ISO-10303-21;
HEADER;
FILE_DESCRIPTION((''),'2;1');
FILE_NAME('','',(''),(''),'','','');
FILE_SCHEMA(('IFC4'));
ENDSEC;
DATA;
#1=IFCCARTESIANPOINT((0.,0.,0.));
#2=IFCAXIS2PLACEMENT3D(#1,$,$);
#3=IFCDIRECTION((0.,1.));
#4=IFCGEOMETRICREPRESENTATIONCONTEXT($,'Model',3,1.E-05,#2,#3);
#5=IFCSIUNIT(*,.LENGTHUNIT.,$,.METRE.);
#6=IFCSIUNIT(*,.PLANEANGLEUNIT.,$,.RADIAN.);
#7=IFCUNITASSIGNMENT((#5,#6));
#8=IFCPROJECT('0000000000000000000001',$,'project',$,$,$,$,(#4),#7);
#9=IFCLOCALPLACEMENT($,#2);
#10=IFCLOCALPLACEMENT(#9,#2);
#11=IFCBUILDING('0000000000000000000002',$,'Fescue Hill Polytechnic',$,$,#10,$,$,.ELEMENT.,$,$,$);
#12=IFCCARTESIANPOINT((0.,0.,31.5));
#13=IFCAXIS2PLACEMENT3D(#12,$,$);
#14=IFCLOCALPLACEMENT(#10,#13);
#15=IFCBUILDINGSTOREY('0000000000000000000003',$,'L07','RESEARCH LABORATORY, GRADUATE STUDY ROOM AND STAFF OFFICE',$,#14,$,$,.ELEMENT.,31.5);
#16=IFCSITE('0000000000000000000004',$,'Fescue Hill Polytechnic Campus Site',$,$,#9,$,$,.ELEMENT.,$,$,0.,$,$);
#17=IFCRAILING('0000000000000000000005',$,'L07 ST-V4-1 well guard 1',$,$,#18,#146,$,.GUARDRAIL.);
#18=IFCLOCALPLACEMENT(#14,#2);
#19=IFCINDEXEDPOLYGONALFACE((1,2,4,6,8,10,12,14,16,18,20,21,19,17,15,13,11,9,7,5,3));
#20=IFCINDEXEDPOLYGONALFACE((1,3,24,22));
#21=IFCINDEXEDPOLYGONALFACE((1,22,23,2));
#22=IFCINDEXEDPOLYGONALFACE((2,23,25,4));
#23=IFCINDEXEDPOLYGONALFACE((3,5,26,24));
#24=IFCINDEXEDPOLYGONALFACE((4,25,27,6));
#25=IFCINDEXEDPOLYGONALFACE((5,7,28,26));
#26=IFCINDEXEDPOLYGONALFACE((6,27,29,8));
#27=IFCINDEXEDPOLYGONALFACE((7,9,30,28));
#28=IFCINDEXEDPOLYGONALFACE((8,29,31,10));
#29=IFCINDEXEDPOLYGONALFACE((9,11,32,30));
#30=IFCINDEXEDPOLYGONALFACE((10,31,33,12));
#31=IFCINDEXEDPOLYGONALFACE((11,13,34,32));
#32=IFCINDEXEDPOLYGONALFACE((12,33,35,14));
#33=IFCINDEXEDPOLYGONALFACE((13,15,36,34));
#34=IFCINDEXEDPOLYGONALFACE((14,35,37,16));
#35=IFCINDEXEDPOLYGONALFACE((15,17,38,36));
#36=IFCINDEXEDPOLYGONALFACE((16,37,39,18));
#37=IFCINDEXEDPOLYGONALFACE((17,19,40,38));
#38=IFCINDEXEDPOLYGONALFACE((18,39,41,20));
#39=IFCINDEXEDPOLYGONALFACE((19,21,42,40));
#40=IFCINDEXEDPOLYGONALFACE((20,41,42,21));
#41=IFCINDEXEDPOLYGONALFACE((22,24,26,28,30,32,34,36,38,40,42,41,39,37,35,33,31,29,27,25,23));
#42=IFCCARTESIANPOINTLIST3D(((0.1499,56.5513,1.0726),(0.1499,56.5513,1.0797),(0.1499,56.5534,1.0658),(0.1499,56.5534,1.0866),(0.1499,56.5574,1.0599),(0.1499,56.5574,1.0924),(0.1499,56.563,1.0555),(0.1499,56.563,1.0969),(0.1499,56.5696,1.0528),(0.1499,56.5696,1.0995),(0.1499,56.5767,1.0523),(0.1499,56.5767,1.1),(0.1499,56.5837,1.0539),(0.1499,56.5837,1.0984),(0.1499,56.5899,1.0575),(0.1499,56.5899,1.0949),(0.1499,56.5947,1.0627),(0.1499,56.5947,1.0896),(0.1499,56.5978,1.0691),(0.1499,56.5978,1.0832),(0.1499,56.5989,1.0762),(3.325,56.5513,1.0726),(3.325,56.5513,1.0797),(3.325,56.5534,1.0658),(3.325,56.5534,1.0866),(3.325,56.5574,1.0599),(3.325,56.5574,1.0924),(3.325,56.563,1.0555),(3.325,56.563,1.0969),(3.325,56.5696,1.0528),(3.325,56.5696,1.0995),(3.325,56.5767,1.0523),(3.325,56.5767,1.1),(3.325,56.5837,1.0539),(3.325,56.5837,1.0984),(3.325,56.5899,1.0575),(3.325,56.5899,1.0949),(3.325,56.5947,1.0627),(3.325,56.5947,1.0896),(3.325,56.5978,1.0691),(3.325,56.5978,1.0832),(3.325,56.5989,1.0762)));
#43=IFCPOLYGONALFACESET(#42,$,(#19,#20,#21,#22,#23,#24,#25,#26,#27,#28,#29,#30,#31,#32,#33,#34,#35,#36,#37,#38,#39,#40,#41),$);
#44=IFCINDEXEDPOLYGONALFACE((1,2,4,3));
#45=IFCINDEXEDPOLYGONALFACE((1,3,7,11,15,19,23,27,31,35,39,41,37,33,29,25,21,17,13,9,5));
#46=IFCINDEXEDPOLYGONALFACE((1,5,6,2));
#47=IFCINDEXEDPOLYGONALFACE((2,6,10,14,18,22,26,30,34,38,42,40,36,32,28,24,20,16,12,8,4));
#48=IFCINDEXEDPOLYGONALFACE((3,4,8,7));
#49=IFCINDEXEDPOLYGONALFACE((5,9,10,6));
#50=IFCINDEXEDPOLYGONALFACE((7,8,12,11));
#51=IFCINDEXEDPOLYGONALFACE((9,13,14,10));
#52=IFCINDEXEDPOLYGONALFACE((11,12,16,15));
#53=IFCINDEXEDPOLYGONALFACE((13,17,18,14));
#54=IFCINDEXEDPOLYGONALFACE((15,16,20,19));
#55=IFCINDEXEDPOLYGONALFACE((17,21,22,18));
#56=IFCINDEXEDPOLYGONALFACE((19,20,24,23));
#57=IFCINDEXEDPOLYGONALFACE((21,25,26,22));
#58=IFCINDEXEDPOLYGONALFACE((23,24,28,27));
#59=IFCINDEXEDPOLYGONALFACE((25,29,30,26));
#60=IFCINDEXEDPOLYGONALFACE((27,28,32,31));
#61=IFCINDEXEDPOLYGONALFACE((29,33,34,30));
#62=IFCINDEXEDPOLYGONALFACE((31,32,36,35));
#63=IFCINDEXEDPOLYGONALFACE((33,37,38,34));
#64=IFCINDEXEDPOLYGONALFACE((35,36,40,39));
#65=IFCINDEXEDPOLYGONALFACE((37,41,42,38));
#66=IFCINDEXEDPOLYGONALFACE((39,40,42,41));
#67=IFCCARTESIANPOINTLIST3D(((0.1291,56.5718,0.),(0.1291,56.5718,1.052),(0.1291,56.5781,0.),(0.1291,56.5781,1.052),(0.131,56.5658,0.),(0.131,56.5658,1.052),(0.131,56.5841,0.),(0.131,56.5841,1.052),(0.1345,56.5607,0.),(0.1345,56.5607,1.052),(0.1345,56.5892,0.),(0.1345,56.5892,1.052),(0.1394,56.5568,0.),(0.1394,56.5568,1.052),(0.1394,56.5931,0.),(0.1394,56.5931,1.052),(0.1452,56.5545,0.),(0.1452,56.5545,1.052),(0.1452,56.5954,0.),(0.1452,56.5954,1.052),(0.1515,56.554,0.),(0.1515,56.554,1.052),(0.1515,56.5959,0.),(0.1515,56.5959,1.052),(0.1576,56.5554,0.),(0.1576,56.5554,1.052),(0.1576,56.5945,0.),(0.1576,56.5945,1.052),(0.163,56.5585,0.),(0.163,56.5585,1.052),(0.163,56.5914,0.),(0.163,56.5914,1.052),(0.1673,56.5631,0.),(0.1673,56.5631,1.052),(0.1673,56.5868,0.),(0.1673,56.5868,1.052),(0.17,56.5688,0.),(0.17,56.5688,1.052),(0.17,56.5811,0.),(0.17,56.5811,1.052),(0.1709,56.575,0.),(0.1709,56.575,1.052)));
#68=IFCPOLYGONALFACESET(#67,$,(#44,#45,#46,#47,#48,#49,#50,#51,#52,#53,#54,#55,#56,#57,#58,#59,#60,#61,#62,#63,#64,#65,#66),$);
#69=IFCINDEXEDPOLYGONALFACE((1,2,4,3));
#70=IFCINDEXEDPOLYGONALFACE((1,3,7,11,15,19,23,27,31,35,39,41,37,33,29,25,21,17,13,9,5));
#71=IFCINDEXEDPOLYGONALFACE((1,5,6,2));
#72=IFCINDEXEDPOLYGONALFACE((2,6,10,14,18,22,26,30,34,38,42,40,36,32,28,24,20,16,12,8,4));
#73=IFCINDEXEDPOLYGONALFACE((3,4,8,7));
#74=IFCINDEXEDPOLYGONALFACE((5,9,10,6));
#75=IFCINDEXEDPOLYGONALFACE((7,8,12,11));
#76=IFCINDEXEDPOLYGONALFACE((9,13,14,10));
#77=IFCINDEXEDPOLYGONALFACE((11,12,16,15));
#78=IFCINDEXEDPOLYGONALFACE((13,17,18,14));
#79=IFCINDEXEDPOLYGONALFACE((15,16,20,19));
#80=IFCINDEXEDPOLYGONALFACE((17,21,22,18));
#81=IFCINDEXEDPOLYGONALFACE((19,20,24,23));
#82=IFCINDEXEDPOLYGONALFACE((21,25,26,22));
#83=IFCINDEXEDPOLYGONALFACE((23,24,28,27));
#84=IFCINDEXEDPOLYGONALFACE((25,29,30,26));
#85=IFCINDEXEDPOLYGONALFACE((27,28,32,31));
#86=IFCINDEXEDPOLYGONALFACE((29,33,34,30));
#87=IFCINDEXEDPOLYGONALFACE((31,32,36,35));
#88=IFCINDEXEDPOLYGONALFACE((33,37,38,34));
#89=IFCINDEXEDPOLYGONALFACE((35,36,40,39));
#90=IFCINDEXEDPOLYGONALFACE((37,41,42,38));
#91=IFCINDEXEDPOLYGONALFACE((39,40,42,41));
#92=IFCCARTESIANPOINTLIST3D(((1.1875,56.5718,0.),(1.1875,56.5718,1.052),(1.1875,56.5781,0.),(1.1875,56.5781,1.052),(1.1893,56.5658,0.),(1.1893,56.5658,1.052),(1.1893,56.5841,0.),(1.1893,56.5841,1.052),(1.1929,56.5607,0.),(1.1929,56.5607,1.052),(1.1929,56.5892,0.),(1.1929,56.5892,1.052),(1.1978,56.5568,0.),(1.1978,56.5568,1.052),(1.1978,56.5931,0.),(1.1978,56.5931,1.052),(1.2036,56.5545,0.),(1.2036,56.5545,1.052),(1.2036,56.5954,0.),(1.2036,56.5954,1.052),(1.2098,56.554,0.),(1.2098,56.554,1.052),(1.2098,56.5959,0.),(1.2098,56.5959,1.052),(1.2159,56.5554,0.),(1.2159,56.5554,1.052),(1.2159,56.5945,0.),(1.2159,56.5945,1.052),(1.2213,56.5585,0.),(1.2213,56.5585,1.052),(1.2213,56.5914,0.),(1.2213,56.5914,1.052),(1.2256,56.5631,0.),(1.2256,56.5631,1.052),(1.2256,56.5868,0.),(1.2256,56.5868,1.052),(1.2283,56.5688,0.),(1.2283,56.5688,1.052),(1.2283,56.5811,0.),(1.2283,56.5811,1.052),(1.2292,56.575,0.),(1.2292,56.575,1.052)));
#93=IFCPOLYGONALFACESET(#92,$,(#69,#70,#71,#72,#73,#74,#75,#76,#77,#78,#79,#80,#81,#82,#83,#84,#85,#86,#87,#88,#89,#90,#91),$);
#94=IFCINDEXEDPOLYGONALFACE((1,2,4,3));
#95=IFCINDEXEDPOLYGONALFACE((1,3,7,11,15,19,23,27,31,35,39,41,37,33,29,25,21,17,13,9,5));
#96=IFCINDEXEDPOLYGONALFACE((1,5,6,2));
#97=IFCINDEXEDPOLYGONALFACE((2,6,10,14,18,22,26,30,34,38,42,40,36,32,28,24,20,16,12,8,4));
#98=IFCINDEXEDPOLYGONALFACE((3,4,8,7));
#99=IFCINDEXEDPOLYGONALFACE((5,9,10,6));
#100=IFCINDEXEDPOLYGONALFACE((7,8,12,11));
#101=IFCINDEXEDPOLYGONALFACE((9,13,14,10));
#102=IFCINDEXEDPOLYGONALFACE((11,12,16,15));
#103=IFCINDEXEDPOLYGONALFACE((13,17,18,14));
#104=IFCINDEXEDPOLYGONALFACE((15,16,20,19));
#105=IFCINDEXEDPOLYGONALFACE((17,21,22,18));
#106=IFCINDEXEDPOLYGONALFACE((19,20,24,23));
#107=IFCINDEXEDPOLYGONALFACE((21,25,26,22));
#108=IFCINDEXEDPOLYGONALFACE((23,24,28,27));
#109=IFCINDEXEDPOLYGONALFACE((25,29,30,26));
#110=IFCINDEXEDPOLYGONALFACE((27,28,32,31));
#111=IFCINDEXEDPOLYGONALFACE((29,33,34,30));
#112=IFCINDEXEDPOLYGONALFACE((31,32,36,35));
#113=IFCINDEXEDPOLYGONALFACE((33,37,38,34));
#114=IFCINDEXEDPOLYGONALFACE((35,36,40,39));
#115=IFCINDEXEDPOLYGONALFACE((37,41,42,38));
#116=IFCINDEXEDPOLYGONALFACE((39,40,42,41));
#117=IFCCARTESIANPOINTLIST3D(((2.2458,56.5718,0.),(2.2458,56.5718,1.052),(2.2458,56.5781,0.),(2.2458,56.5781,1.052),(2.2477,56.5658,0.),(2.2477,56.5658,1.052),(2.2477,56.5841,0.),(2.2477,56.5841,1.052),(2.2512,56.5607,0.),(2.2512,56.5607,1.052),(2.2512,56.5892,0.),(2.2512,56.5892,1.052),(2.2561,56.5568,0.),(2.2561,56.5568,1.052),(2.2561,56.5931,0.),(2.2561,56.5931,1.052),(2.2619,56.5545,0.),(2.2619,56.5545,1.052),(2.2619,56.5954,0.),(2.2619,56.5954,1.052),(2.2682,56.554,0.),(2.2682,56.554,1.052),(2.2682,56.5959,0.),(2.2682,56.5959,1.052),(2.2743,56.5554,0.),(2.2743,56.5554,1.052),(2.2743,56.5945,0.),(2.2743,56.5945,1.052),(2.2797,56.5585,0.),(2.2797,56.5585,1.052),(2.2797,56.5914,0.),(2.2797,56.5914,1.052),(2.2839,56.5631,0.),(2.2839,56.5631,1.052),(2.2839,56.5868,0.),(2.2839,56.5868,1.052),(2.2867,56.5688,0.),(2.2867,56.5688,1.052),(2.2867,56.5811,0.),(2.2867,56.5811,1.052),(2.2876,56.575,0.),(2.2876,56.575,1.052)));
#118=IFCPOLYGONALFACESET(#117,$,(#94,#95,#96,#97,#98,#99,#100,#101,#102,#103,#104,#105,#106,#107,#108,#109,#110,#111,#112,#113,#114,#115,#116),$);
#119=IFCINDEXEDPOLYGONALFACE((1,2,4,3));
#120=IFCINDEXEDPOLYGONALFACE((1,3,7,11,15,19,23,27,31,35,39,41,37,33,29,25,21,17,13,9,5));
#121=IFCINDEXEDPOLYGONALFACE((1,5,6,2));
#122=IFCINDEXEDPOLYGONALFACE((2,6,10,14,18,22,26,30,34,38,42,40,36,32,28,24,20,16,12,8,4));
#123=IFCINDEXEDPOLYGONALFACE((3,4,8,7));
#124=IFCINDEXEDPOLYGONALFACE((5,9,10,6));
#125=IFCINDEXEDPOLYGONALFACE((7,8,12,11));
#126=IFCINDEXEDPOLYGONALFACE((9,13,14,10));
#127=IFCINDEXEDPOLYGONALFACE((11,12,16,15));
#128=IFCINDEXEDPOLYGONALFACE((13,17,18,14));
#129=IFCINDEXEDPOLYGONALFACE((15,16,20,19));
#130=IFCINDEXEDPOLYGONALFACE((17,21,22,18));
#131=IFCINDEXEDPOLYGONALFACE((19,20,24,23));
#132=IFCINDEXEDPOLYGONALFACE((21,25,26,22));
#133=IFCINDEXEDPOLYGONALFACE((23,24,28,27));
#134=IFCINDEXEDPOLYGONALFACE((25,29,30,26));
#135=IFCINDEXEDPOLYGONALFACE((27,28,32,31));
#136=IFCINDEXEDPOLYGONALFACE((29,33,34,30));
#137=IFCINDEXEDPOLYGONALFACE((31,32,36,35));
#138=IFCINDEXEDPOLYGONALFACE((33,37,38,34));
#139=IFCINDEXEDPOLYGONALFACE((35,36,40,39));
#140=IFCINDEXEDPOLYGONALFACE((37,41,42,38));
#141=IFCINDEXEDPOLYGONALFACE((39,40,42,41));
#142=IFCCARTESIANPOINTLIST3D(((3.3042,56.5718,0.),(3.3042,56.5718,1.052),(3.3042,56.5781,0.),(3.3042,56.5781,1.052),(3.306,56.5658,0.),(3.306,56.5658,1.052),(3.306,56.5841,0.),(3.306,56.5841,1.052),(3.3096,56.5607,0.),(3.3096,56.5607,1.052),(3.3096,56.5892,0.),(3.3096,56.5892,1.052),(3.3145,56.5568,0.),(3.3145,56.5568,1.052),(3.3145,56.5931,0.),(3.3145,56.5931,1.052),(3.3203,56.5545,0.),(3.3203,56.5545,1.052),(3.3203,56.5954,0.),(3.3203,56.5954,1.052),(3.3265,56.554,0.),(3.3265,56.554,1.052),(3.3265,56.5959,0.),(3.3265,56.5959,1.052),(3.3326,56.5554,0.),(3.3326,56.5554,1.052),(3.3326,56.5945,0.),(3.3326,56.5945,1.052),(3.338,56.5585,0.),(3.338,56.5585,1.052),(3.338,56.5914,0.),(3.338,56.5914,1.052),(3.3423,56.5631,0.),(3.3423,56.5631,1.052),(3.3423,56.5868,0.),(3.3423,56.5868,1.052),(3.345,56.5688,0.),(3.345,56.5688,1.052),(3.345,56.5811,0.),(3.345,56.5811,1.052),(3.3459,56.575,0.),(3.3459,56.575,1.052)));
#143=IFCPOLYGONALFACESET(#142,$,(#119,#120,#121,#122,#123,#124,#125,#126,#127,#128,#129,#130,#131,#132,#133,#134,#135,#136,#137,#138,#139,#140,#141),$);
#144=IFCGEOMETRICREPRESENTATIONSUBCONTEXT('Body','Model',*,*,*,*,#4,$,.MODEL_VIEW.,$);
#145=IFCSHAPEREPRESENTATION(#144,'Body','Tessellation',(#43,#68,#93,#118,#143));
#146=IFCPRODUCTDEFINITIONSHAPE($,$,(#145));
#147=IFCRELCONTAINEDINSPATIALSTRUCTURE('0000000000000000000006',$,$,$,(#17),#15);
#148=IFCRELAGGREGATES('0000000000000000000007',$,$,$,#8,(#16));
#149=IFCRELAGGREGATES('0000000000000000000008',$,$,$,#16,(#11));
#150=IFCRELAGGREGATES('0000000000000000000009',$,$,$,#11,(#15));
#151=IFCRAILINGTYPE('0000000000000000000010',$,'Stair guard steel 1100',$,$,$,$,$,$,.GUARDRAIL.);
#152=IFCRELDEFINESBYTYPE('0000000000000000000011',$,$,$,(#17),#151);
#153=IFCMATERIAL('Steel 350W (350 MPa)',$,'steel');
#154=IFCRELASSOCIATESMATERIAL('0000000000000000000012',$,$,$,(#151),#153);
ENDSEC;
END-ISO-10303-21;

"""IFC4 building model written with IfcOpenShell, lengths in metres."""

from ifc_helpers import new_model, si_unit, direction, frame, origin, origin_2d, place, context, subcontext, project, spatial, circle, extrude, material, type_object, element, save


model = new_model("IFC4")

# Units and contexts
model_context = context("Model", 3, precision=1e-05, world=origin(), true_north=direction((0.0, 1.0)))
body_context = subcontext(model_context, "Body", "Model", "MODEL_VIEW")
ifc_project = project(units=[si_unit("LENGTHUNIT", "METRE"), si_unit("PLANEANGLEUNIT", "RADIAN")], contexts=[model_context])

# Site, building, storey
site_placement = place(None, origin())
site = spatial("IfcSite", under=ifc_project, at=site_placement, Name="Fescue Hill Polytechnic Campus Site", CompositionType="ELEMENT", RefElevation=0.0)
building_placement = place(site_placement, origin())
building = spatial("IfcBuilding", under=site, at=building_placement, Name="Fescue Hill Polytechnic", CompositionType="ELEMENT")
storey_placement = place(building_placement, frame((0.0, 0.0, 31.5)))
storey = spatial("IfcBuildingStorey", under=building, at=storey_placement, Name="L07", Description="RESEARCH LABORATORY, GRADUATE STUDY ROOM AND STAFF OFFICE", CompositionType="ELEMENT", Elevation=31.5)

# Railing
ifc_material_1 = material(Name="Steel 350W (350 MPa)", Category="steel")
railing_type = type_object("IfcRailingType", Name="Stair guard steel 1100", PredefinedType="GUARDRAIL", material=ifc_material_1)
railing_placement = place(storey_placement, frame((0.1499, 56.575, 0.0)))
element("IfcRailing", 1, at=railing_placement, inside=storey, type_object=railing_type, Name="L07 ST-V4-1 well guard 1", PredefinedType="GUARDRAIL", context=body_context, shape_type="SweptSolid", body=[
    extrude(circle(Radius=0.0239, at=origin_2d()), frame((0.0, 0.0, 1.0762), z_axis=(1.0, 0.0, 0.0), x_axis=(0.0, 1.0, 0.0)), (0.0, 0.0, 1.0), 3.175),
    extrude(circle(Radius=0.021, at=origin_2d()), origin(), (0.0, 0.0, 1.0), 1.052),
    extrude(circle(Radius=0.021, at=origin_2d()), frame((1.0583, 0.0, 0.0)), (0.0, 0.0, 1.0), 1.052),
    extrude(circle(Radius=0.021, at=origin_2d()), frame((2.1167, 0.0, 0.0)), (0.0, 0.0, 1.0), 1.052),
    extrude(circle(Radius=0.021, at=origin_2d()), frame((3.175, 0.0, 0.0)), (0.0, 0.0, 1.0), 1.052),
])

save(model, "model.ifc")
